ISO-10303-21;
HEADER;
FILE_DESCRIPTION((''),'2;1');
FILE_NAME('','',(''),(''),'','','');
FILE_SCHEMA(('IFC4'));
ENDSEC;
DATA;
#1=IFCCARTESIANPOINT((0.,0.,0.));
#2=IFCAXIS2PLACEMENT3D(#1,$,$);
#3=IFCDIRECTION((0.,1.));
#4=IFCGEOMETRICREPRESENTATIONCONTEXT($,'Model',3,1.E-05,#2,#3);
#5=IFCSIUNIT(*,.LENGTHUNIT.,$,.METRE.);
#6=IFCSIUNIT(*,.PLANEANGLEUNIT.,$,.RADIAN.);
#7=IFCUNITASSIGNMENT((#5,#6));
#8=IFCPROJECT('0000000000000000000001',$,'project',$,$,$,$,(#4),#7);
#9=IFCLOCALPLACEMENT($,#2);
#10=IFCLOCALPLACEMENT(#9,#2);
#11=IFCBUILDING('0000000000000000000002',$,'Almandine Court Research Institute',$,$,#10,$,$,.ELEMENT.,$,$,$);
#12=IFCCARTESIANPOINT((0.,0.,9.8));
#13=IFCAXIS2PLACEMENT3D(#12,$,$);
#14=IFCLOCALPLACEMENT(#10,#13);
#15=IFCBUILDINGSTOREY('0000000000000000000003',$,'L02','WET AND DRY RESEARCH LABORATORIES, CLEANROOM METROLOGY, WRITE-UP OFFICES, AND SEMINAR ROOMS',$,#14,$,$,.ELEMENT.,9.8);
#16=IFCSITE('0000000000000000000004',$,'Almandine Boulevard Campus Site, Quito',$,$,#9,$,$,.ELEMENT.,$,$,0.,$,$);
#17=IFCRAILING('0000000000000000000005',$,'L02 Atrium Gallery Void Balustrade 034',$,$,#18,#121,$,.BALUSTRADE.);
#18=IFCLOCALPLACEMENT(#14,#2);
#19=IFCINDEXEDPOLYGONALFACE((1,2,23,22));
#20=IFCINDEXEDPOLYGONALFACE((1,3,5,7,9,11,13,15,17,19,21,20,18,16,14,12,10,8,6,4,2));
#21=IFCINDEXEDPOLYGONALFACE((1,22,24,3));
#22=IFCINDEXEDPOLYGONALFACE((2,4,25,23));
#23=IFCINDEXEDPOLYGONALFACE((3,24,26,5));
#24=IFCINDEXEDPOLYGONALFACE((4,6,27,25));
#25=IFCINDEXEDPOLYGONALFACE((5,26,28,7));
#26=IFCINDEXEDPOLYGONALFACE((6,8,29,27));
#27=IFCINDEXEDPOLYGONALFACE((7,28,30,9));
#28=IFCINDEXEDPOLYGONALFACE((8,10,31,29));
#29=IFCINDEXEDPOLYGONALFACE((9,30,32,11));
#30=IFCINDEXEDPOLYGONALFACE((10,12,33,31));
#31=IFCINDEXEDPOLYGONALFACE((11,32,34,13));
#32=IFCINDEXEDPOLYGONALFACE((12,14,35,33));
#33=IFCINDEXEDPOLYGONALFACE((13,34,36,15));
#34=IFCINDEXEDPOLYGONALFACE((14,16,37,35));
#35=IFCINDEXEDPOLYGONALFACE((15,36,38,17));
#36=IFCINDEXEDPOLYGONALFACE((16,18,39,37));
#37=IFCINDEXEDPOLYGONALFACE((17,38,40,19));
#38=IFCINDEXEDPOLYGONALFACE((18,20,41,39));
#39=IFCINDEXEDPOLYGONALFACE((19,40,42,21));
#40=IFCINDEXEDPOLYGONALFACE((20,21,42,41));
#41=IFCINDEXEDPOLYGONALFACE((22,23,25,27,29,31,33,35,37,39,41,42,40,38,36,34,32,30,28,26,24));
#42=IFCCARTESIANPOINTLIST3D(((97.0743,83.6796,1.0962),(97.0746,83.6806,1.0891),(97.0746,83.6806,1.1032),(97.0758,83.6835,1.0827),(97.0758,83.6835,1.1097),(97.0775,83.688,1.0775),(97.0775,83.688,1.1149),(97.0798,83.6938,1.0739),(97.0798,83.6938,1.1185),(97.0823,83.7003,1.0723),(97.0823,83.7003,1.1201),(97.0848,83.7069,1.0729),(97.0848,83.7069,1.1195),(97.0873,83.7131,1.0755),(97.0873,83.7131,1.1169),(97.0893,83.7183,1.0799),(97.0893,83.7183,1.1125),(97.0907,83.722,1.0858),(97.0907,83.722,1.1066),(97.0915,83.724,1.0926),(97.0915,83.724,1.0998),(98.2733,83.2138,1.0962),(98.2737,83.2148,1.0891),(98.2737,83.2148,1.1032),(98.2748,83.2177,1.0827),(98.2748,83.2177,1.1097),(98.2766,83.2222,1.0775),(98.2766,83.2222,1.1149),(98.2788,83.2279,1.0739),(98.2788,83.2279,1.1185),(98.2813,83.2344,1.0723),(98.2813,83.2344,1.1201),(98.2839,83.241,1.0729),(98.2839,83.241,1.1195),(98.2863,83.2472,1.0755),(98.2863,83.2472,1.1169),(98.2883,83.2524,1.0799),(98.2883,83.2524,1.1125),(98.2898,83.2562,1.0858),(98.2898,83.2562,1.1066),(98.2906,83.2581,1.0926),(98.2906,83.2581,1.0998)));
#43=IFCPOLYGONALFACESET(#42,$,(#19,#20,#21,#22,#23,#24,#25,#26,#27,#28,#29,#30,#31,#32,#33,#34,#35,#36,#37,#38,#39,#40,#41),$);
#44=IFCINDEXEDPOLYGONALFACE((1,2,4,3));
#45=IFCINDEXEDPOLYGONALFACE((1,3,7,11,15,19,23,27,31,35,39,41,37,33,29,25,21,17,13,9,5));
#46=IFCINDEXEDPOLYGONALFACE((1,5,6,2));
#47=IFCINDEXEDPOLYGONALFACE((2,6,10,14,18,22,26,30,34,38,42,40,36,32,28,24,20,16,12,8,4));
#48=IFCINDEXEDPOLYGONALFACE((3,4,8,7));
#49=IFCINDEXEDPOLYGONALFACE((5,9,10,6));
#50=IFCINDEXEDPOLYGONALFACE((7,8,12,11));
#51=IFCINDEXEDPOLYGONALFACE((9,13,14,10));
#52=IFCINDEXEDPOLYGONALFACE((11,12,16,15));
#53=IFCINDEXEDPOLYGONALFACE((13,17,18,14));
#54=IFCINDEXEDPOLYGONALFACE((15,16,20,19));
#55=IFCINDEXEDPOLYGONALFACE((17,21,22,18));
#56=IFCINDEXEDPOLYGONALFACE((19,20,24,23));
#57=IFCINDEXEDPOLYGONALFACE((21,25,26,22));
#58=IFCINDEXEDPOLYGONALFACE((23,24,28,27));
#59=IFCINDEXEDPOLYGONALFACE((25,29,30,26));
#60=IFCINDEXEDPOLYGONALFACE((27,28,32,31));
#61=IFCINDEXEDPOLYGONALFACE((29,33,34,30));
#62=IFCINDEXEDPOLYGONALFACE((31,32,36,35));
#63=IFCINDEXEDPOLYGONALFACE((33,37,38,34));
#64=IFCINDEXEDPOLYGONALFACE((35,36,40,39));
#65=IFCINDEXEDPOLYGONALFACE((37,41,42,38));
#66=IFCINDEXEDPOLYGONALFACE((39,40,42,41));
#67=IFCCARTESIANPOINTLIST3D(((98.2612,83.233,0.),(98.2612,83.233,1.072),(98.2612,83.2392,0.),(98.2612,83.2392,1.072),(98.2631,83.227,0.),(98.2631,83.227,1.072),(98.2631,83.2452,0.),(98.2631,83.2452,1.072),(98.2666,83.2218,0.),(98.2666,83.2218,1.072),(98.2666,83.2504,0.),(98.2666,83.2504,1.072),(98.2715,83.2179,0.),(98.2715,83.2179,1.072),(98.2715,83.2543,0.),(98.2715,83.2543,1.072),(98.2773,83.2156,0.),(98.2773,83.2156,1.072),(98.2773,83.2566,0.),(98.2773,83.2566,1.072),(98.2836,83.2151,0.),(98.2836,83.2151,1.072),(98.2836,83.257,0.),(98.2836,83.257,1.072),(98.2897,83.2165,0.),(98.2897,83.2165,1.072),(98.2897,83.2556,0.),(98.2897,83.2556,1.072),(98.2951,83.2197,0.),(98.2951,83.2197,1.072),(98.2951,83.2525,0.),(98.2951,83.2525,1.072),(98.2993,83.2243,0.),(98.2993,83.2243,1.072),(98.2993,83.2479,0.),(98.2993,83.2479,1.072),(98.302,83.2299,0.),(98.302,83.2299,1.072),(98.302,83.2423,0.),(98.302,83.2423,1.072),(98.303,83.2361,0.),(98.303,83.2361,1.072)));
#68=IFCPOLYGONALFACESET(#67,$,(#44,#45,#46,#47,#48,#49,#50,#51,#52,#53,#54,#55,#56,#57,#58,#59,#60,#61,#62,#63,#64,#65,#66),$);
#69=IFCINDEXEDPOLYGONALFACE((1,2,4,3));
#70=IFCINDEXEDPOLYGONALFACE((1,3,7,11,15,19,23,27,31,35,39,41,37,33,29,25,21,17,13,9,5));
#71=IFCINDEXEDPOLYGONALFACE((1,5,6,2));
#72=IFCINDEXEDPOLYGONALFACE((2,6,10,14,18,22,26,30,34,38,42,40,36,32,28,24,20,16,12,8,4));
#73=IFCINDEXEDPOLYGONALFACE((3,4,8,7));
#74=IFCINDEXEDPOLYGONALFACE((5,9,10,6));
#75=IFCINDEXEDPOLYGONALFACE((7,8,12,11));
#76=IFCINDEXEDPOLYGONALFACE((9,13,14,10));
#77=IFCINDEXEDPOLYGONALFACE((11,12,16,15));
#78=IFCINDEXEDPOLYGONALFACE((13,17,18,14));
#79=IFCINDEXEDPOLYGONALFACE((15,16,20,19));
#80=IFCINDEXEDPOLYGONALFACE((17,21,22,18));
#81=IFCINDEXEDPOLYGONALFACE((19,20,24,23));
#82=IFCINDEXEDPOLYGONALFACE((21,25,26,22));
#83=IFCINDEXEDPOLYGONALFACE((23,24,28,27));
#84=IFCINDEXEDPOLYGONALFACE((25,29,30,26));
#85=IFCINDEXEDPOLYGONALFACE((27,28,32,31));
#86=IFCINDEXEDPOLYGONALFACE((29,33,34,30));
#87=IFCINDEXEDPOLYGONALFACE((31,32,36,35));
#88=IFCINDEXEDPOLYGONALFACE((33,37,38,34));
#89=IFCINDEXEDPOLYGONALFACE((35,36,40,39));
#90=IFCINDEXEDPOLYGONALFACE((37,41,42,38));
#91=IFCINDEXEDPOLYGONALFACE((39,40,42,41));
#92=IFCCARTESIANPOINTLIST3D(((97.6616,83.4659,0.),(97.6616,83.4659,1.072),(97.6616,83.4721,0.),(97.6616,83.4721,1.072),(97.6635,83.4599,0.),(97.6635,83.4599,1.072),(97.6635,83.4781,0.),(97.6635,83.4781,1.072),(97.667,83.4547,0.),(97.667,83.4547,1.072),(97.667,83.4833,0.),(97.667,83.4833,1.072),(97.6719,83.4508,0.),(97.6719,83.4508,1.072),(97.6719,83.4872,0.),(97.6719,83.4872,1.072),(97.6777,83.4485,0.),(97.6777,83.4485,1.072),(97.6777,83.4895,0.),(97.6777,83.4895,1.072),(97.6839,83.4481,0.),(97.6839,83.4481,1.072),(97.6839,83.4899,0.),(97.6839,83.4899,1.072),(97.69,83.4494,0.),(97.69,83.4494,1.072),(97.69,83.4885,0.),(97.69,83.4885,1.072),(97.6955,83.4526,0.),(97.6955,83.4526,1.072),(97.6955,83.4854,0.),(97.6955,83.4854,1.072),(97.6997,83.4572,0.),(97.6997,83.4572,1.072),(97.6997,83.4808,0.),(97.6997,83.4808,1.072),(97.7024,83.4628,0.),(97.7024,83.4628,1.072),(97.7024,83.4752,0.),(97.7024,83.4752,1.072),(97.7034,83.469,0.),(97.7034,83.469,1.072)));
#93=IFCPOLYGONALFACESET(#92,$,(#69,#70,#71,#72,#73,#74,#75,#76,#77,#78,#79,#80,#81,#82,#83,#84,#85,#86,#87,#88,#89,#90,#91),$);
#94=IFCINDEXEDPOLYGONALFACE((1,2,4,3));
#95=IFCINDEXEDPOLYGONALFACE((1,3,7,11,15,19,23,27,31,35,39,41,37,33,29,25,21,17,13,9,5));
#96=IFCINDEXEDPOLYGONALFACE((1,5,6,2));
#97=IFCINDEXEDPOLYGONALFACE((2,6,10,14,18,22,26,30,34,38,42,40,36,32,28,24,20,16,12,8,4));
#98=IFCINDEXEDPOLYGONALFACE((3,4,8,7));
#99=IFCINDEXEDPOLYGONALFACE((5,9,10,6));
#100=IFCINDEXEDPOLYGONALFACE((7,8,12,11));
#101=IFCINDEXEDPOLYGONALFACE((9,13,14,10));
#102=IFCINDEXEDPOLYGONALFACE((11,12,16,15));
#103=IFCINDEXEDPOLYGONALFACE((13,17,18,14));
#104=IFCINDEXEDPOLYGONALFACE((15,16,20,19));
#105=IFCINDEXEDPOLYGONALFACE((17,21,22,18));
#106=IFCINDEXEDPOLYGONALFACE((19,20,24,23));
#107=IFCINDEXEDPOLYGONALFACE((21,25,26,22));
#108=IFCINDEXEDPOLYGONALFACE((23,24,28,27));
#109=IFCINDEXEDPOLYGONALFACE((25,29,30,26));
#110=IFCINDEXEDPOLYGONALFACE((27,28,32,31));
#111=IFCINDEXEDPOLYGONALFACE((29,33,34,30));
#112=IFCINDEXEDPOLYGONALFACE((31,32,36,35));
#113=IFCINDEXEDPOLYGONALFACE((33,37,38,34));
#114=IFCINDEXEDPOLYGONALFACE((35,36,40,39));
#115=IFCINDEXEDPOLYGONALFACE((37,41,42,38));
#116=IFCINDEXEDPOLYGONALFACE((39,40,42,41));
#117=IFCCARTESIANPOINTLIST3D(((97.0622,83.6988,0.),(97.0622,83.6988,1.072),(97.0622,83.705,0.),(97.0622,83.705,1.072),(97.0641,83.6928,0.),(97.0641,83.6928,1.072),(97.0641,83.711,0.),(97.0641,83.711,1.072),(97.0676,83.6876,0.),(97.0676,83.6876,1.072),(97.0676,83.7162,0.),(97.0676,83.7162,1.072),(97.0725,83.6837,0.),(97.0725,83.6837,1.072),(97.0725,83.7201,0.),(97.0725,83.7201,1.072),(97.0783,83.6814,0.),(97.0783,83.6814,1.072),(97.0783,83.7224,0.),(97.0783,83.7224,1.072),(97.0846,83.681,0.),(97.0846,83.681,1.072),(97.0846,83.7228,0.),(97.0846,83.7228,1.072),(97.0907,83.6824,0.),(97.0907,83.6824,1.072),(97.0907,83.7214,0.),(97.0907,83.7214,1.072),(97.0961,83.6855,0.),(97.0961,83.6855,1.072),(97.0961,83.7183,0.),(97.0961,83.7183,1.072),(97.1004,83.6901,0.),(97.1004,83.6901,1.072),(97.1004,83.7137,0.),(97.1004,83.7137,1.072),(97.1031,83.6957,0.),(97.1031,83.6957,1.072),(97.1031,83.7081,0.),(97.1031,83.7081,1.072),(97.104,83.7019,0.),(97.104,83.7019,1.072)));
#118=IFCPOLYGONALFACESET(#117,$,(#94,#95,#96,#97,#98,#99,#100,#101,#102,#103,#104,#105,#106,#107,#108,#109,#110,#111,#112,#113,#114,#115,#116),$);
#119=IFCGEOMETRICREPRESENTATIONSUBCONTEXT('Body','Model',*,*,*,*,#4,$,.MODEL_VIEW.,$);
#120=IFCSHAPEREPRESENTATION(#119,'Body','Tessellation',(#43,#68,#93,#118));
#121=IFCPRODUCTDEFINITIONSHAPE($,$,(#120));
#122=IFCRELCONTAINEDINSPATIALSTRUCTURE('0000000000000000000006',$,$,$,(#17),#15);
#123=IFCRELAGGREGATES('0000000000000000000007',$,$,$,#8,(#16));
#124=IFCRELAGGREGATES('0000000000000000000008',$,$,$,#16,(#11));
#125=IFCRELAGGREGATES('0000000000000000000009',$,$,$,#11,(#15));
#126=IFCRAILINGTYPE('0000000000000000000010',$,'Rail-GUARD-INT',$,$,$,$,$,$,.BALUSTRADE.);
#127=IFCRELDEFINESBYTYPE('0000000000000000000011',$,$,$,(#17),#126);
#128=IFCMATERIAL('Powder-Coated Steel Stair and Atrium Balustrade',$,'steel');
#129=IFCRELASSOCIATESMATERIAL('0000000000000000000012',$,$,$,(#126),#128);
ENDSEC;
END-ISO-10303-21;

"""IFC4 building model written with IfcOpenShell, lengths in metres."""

from ifc_helpers import new_model, si_unit, direction, frame, origin, origin_2d, place, context, subcontext, project, spatial, circle, extrude, material, type_object, element, save


model = new_model("IFC4")

# Units and contexts
model_context = context("Model", 3, precision=1e-05, world=origin(), true_north=direction((0.0, 1.0)))
body_context = subcontext(model_context, "Body", "Model", "MODEL_VIEW")
ifc_project = project(units=[si_unit("LENGTHUNIT", "METRE"), si_unit("PLANEANGLEUNIT", "RADIAN")], contexts=[model_context])

# Site, building, storey
site_placement = place(None, origin())
site = spatial("IfcSite", under=ifc_project, at=site_placement, Name="Almandine Boulevard Campus Site, Quito", CompositionType="ELEMENT", RefElevation=0.0)
building_placement = place(site_placement, origin())
building = spatial("IfcBuilding", under=site, at=building_placement, Name="Almandine Court Research Institute", CompositionType="ELEMENT")
storey_placement = place(building_placement, frame((0.0, 0.0, 9.8)))
storey = spatial("IfcBuildingStorey", under=building, at=storey_placement, Name="L02", Description="WET AND DRY RESEARCH LABORATORIES, CLEANROOM METROLOGY, WRITE-UP OFFICES, AND SEMINAR ROOMS", CompositionType="ELEMENT", Elevation=9.8)

# Railing
ifc_material_1 = material(Name="Powder-Coated Steel Stair and Atrium Balustrade", Category="steel")
railing_type = type_object("IfcRailingType", Name="Rail-GUARD-INT", PredefinedType="BALUSTRADE", material=ifc_material_1)
railing_1_placement = place(storey_placement, frame((98.282, 83.2361, 0.0)))
element("IfcRailing", 1, at=railing_1_placement, inside=storey, type_object=railing_type, Name="L02 Atrium Gallery Void Balustrade 034", PredefinedType="BALUSTRADE", context=body_context, shape_type="SweptSolid", body=[
    extrude(circle(Radius=0.0239, at=origin_2d()), frame((0.0, 0.0, 1.0962), z_axis=(-0.932122, 0.362144, 0.0), x_axis=(-0.362144, -0.932122, 0.0)), (0.0, 0.0, 1.0), 1.2864),
    extrude(circle(Radius=0.021, at=origin_2d()), origin(), (0.0, 0.0, 1.0), 1.072),
    extrude(circle(Radius=0.021, at=origin_2d()), frame((-0.5996, 0.2329, 0.0)), (0.0, 0.0, 1.0), 1.072),
    extrude(circle(Radius=0.021, at=origin_2d()), frame((-1.199, 0.4658, 0.0)), (0.0, 0.0, 1.0), 1.072),
])

save(model, "model.ifc")
